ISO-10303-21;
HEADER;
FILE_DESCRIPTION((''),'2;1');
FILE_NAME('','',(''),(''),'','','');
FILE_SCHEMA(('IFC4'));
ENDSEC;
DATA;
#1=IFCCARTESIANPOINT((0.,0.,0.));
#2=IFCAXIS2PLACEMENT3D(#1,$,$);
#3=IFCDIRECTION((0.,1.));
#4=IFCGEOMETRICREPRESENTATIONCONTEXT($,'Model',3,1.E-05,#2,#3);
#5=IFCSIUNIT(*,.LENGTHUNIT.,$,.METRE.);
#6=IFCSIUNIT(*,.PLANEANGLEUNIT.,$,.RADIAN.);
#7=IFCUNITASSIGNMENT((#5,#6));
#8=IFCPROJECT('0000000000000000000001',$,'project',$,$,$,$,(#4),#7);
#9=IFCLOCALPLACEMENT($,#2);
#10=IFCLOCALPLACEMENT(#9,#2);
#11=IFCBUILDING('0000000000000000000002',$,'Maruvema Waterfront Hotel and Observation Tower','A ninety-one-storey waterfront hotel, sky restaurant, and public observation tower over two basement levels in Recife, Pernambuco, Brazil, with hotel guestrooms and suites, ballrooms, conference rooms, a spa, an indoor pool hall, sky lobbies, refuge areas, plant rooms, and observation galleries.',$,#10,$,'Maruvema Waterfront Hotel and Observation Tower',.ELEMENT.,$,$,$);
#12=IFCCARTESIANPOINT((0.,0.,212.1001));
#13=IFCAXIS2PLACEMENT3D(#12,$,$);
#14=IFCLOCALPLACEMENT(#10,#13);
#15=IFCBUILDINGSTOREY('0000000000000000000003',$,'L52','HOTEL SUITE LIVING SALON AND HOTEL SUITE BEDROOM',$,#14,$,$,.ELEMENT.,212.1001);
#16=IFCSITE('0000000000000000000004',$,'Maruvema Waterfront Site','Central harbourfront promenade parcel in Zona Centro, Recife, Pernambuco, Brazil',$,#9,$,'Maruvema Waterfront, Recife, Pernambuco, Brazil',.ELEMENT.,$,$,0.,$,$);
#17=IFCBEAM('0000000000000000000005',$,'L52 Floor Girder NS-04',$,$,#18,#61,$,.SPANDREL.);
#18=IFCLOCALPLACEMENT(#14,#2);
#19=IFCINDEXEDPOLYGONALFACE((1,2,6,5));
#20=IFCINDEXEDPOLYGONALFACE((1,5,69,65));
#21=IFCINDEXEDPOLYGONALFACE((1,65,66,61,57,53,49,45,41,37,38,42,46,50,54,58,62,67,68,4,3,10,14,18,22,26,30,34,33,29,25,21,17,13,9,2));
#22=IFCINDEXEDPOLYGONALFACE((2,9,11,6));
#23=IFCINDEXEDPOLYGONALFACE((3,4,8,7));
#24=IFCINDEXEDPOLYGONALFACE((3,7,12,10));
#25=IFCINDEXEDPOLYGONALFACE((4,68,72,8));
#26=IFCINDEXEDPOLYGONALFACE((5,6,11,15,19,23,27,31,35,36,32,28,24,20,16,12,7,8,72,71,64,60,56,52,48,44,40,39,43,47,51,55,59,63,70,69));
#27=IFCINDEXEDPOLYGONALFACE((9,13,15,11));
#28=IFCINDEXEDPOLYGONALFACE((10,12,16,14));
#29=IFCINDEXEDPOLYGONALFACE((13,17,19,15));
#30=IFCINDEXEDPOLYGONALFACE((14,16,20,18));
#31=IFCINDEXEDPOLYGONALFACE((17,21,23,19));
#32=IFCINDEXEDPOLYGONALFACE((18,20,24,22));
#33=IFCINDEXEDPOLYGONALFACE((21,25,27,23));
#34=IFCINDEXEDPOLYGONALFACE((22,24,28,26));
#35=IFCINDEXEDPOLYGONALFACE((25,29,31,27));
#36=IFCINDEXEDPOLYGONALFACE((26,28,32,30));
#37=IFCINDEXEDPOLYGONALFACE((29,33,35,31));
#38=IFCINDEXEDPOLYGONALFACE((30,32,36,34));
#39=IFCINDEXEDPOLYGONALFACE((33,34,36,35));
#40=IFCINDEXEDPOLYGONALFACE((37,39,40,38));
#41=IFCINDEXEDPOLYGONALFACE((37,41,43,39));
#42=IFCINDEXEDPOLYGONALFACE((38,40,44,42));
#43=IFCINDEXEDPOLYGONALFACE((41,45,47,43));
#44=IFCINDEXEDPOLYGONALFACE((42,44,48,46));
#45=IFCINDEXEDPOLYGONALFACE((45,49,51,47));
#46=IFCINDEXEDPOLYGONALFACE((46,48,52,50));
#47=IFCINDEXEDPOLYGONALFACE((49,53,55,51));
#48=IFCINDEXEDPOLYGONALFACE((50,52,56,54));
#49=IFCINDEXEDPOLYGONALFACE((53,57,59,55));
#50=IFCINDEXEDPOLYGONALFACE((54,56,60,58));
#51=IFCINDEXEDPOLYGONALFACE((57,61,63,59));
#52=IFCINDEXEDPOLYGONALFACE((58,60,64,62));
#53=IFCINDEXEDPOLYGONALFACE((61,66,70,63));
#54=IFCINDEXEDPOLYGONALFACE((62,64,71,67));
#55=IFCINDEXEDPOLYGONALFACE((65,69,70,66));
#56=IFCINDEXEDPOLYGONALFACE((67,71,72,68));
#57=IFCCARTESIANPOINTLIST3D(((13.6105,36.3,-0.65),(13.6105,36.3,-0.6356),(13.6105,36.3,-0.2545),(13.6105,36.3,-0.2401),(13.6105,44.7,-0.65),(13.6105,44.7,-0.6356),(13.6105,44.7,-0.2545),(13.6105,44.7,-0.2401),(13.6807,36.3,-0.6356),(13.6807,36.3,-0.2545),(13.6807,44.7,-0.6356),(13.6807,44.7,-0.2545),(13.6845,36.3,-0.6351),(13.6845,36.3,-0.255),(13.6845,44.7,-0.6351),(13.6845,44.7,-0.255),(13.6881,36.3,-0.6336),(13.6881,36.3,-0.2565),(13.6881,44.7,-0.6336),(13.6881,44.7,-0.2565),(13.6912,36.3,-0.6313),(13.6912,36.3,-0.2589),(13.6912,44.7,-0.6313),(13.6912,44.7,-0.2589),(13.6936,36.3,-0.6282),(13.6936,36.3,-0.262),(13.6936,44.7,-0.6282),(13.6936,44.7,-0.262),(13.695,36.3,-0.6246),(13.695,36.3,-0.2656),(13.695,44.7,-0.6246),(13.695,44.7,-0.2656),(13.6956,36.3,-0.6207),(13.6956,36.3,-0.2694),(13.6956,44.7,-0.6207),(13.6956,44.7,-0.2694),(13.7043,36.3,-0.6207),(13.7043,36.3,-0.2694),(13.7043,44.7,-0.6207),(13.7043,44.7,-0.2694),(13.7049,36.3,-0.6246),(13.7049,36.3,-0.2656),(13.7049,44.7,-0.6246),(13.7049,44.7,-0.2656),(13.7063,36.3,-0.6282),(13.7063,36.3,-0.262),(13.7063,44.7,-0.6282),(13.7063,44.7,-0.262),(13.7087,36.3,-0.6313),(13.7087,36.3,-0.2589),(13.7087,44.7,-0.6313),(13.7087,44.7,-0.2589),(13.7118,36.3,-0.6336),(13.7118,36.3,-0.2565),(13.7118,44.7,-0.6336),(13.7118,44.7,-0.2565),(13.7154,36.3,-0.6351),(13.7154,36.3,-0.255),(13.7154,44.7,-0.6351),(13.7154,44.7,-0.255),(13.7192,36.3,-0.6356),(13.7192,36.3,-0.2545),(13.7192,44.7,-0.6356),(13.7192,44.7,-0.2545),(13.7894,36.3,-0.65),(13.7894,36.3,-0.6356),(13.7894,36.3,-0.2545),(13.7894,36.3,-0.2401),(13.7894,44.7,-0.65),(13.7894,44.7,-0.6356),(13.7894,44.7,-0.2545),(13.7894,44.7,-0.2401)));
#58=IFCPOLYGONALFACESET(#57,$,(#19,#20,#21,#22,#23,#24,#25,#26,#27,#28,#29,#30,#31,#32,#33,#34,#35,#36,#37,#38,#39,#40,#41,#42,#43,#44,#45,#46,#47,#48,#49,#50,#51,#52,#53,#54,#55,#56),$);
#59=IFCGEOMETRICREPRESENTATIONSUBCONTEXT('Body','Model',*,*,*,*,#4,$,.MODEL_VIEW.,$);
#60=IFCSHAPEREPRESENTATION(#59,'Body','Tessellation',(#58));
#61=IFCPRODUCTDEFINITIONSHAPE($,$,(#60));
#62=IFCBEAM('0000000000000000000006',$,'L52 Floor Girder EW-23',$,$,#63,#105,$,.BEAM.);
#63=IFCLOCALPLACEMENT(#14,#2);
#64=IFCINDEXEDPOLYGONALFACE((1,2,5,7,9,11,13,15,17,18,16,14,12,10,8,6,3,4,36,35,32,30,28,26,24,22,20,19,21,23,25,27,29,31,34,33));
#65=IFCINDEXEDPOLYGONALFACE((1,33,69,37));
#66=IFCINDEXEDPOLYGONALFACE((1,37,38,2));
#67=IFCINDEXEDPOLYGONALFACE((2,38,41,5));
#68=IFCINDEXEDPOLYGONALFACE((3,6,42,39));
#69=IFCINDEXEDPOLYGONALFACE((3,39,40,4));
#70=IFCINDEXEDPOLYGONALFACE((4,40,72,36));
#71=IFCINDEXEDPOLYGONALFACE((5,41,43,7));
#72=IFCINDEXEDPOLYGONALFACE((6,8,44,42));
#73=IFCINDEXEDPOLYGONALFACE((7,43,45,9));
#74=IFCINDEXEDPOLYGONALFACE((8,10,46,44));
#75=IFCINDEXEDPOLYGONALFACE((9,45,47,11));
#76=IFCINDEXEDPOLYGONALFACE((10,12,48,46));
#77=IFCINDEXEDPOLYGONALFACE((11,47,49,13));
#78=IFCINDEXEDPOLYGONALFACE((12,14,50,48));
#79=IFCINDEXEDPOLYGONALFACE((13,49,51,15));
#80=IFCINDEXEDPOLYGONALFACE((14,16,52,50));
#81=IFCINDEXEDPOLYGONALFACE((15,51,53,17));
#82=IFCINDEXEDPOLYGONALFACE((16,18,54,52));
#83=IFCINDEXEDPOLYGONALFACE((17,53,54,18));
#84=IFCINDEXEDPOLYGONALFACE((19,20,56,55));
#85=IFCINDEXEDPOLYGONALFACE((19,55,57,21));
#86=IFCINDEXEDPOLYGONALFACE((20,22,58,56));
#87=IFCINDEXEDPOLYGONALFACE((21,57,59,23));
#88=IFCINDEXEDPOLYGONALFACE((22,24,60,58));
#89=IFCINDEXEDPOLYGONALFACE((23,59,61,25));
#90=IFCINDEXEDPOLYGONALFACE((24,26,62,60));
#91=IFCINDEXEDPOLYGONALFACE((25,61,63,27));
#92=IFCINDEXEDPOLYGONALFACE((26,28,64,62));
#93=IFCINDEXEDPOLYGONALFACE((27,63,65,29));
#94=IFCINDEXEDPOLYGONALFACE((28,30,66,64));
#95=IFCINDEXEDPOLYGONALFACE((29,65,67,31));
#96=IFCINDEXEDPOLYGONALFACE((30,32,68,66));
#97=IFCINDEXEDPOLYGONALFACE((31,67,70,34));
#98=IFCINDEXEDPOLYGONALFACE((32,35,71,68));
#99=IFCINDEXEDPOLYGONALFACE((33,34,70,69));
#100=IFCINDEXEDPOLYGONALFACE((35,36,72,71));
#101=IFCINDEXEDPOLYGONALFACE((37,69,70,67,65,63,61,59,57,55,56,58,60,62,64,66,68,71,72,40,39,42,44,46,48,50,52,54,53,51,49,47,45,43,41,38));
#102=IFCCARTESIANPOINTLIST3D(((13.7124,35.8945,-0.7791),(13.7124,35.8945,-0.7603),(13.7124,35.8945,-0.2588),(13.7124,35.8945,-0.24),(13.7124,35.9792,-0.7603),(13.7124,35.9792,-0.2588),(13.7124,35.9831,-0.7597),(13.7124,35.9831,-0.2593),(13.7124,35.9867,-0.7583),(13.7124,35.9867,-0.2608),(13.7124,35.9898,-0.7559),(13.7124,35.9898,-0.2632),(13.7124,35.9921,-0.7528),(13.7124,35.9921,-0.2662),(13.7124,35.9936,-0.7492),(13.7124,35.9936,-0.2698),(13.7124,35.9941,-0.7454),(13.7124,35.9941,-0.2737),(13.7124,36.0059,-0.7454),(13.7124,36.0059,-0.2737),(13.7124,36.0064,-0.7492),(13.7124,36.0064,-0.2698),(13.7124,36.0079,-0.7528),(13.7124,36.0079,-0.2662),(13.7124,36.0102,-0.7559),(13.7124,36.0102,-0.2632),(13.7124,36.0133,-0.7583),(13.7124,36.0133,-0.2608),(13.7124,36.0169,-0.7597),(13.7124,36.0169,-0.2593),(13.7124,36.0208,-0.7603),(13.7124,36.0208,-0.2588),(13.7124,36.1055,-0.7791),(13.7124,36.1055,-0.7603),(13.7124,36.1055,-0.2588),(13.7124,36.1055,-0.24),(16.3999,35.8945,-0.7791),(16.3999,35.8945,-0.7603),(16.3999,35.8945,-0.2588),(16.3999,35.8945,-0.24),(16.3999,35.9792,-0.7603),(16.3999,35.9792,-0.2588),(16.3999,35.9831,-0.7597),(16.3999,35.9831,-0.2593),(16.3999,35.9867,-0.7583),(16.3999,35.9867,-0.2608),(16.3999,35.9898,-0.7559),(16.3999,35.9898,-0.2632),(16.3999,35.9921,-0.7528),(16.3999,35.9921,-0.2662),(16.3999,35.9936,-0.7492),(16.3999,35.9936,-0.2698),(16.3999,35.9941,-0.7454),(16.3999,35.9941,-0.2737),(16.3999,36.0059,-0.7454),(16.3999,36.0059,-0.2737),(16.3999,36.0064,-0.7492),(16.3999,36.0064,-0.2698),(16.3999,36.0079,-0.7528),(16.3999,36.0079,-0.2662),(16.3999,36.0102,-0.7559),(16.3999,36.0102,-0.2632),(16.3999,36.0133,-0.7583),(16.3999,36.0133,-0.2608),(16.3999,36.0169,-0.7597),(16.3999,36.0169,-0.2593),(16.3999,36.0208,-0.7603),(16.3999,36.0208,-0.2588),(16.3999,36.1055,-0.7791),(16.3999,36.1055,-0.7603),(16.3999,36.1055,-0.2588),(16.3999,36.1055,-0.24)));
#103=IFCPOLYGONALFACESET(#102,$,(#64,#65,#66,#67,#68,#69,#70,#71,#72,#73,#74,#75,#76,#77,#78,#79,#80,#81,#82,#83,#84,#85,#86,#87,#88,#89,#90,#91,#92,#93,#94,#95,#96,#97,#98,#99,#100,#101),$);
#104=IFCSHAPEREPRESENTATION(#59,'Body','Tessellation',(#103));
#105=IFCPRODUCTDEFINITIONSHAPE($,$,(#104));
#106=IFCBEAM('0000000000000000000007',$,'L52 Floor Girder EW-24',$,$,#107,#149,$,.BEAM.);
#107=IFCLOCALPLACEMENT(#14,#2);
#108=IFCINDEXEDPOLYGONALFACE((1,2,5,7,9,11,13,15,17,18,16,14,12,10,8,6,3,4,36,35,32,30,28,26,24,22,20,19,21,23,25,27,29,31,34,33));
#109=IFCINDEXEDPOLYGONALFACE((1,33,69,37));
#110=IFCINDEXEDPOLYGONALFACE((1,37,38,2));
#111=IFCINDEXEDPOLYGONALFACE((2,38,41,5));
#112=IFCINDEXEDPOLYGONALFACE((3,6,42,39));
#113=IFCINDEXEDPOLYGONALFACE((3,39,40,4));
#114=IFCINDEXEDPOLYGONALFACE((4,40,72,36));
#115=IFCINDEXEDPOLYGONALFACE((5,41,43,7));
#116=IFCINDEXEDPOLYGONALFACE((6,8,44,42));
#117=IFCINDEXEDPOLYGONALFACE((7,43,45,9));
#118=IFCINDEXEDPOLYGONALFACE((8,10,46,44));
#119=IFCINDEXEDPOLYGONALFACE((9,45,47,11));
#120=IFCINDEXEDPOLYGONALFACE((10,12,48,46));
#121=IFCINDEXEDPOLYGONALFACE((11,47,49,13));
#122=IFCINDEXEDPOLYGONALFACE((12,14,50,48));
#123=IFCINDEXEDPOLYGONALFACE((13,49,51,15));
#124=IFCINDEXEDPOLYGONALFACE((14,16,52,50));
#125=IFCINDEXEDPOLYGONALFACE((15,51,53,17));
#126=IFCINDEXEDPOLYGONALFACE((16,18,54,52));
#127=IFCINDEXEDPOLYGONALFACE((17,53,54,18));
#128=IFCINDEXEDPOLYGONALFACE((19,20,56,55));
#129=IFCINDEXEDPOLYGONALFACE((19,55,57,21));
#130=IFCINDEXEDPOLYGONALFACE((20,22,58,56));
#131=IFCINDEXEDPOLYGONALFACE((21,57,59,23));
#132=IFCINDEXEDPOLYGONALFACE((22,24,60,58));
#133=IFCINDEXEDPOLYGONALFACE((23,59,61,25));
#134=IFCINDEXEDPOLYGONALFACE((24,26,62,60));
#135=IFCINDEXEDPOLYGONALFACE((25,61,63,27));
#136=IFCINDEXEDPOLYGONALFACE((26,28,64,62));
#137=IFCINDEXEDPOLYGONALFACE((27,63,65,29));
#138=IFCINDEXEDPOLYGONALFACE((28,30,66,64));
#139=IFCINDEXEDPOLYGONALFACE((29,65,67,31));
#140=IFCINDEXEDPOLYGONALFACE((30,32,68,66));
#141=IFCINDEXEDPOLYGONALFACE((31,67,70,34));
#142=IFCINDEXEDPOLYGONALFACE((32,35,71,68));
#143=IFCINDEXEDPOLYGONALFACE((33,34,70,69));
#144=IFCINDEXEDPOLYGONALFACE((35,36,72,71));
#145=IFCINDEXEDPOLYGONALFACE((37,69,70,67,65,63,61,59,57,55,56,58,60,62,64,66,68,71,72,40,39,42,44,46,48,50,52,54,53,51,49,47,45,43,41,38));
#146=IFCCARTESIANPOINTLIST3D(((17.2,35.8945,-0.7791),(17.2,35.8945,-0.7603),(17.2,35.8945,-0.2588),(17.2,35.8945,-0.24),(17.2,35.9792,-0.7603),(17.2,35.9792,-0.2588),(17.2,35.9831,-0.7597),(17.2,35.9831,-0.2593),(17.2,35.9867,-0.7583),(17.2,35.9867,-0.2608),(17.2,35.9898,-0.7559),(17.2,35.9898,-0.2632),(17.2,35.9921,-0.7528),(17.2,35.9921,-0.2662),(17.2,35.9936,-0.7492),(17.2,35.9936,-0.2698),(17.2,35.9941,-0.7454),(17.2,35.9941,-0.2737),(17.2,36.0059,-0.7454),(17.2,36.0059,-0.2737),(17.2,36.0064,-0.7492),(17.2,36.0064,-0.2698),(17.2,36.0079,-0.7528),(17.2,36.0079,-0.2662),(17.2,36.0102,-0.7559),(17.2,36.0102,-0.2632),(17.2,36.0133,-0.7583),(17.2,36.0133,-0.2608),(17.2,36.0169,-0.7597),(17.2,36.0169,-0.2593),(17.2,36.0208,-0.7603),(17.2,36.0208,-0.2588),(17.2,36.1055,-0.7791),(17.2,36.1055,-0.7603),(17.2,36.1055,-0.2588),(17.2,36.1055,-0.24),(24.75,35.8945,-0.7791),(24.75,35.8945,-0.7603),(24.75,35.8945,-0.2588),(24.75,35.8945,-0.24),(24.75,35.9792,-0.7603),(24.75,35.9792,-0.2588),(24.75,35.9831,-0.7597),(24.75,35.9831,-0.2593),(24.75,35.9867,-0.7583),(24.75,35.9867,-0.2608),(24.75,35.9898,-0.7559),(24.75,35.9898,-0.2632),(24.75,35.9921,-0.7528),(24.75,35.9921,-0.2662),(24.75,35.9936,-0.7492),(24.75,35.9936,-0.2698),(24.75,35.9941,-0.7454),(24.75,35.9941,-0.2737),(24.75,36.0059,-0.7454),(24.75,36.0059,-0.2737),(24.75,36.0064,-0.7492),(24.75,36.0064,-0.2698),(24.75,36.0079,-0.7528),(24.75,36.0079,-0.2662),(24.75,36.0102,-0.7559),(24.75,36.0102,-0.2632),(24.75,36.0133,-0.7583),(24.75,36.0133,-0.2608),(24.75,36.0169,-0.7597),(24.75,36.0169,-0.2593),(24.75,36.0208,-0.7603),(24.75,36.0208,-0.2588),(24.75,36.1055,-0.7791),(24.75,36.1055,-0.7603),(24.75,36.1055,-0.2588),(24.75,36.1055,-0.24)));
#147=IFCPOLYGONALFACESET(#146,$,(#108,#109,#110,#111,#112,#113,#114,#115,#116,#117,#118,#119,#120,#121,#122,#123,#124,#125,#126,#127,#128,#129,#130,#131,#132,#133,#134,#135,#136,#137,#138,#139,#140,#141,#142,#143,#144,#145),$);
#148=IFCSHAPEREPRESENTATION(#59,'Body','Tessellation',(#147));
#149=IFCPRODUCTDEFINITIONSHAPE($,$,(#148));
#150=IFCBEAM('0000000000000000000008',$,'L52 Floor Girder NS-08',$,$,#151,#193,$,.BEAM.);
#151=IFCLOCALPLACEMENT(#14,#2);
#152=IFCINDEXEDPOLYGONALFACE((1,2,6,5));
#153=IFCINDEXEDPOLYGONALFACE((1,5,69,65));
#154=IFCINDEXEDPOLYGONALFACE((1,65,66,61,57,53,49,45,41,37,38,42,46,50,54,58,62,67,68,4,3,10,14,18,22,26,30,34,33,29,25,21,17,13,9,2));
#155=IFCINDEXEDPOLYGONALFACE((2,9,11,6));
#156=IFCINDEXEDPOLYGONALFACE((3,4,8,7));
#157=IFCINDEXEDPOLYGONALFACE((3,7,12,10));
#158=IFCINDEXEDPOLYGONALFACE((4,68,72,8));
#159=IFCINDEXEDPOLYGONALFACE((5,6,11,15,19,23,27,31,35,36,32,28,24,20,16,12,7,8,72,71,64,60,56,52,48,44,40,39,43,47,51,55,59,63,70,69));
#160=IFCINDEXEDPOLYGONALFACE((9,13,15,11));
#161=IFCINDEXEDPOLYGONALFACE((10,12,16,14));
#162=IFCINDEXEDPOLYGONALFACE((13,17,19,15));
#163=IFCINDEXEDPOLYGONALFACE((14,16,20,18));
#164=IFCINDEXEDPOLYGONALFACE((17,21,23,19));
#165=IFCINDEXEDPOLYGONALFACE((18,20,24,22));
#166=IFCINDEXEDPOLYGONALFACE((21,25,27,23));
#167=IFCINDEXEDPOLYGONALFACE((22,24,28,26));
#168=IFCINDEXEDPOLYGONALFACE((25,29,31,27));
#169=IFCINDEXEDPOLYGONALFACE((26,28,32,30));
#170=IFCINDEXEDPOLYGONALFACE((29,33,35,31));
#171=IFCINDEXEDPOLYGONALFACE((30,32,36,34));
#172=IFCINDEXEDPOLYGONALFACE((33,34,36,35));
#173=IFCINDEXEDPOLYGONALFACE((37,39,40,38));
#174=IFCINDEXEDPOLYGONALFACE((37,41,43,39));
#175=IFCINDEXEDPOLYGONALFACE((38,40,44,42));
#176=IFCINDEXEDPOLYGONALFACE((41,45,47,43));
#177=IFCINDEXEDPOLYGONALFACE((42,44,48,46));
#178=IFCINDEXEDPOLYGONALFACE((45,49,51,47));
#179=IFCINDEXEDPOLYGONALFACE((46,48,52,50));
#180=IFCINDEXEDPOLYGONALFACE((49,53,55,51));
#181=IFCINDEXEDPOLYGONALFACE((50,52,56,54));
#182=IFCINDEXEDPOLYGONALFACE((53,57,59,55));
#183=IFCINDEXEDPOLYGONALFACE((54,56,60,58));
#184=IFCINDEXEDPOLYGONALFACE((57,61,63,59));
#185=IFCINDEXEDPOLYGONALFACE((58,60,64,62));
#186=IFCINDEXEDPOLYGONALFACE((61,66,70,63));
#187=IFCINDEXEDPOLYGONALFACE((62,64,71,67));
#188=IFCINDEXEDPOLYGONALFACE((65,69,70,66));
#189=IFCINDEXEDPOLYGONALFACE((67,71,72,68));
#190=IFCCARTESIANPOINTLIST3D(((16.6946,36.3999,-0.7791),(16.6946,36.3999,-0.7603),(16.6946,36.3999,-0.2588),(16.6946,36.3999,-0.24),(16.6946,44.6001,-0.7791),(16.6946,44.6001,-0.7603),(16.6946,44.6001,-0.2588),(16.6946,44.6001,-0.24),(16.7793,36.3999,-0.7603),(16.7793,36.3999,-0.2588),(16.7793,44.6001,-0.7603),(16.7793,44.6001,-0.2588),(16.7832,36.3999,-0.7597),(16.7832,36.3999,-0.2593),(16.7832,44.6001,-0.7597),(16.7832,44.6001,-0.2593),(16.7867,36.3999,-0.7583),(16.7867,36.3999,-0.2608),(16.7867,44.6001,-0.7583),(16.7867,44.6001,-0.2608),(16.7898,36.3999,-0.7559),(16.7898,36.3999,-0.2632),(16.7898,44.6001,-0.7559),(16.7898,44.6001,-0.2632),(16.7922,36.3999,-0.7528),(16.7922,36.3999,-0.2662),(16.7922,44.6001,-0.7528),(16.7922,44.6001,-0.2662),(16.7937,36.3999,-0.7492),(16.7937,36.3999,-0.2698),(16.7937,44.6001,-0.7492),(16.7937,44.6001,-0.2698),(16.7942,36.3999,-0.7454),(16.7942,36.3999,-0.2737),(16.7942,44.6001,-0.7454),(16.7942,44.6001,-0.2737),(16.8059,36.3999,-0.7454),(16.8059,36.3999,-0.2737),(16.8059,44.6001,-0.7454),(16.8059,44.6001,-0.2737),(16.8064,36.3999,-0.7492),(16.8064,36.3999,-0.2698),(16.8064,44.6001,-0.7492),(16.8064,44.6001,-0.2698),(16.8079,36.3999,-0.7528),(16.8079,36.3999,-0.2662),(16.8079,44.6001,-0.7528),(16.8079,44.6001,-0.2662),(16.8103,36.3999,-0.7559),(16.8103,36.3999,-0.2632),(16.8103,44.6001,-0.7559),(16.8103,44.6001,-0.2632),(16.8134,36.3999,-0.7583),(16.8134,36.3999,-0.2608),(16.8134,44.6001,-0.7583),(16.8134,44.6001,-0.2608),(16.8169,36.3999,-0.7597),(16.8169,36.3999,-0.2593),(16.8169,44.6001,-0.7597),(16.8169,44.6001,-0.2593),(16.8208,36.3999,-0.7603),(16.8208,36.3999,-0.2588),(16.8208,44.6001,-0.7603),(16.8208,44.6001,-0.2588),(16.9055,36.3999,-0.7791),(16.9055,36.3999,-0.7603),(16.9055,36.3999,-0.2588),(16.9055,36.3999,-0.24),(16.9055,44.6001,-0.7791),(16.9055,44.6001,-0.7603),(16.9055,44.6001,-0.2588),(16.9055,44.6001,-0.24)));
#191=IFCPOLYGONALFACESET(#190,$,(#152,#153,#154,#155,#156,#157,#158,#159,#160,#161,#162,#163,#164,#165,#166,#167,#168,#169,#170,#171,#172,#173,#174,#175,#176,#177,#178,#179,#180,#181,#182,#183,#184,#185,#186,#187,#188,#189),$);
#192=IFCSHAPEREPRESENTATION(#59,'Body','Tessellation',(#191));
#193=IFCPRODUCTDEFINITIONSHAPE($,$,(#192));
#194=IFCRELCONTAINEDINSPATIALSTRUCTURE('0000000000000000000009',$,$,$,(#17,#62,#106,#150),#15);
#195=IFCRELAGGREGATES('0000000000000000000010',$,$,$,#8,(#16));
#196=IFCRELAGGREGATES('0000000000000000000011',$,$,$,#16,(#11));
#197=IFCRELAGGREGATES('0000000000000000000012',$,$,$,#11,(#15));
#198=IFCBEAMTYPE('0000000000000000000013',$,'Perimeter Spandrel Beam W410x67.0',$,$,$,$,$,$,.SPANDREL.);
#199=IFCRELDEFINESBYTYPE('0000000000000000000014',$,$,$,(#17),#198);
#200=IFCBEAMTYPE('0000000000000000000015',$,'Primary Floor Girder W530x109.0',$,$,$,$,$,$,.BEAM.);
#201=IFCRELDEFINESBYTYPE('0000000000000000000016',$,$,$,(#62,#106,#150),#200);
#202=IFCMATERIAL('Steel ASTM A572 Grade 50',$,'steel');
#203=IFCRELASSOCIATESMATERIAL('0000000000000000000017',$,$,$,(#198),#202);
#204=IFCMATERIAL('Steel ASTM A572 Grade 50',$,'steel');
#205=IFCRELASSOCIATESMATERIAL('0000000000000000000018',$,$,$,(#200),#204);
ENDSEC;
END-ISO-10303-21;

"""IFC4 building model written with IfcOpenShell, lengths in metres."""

from ifc_helpers import new_model, si_unit, direction, frame, origin, origin_2d, place, context, subcontext, project, spatial, i_section, extrude, material, material_profile, profile_set, type_object, element, save


model = new_model("IFC4")

# Units and contexts
model_context = context("Model", 3, precision=1e-05, world=origin(), true_north=direction((0.0, 1.0)))
body_context = subcontext(model_context, "Body", "Model", "MODEL_VIEW")
ifc_project = project(units=[si_unit("LENGTHUNIT", "METRE"), si_unit("PLANEANGLEUNIT", "RADIAN")], contexts=[model_context])

# Site, building, storey
site_placement = place(None, origin())
site = spatial("IfcSite", under=ifc_project, at=site_placement, Name="Maruvema Waterfront Site", Description="Central harbourfront promenade parcel in Zona Centro, Recife, Pernambuco, Brazil", LongName="Maruvema Waterfront, Recife, Pernambuco, Brazil", CompositionType="ELEMENT", RefElevation=0.0)
building_placement = place(site_placement, origin())
building = spatial("IfcBuilding", under=site, at=building_placement, Name="Maruvema Waterfront Hotel and Observation Tower", Description="A ninety-one-storey waterfront hotel, sky restaurant, and public observation tower over two basement levels in Recife, Pernambuco, Brazil, with hotel guestrooms and suites, ballrooms, conference rooms, a spa, an indoor pool hall, sky lobbies, refuge areas, plant rooms, and observation galleries.", LongName="Maruvema Waterfront Hotel and Observation Tower", CompositionType="ELEMENT")
storey_placement = place(building_placement, frame((0.0, 0.0, 212.1001)))
storey = spatial("IfcBuildingStorey", under=building, at=storey_placement, Name="L52", Description="HOTEL SUITE LIVING SALON AND HOTEL SUITE BEDROOM", CompositionType="ELEMENT", Elevation=212.1001)

# Beams
ifc_material_1 = material(Name="Steel ASTM A572 Grade 50", Category="steel")
ifc_material_profile_1 = material_profile(ifc_material_1, i_section(OverallWidth=0.179, OverallDepth=0.4099, WebThickness=0.0088, FlangeThickness=0.0144, FilletRadius=0.0149, at=origin_2d()), Name="W410x67.0")
ifc_profile_set_1 = profile_set([ifc_material_profile_1], Name="Steel ASTM A572 Grade 50")
beam_type_1 = type_object("IfcBeamType", Name="Perimeter Spandrel Beam W410x67.0", PredefinedType="SPANDREL", material=ifc_profile_set_1)
beam_1_placement = place(storey_placement, frame((13.7, 36.3, -0.4451), z_axis=(0.0, 1.0, 0.0), x_axis=(-1.0, 0.0, 0.0)))
element("IfcBeam", 1, at=beam_1_placement, inside=storey, type_object=beam_type_1, Name="L52 Floor Girder NS-04", PredefinedType="SPANDREL", context=body_context, shape_type="SweptSolid", body=[
    extrude(i_section(OverallWidth=0.179, OverallDepth=0.4099, WebThickness=0.0088, FlangeThickness=0.0144, FilletRadius=0.0149, at=origin_2d()), origin(), (0.0, 0.0, 1.0), 8.3999),
])
ifc_material_2 = material(Name="Steel ASTM A572 Grade 50", Category="steel")
ifc_material_profile_2 = material_profile(ifc_material_2, i_section(OverallWidth=0.2109, OverallDepth=0.5391, WebThickness=0.0117, FlangeThickness=0.0188, FilletRadius=0.0149, at=origin_2d()), Name="W530x109.0")
ifc_profile_set_2 = profile_set([ifc_material_profile_2], Name="Steel ASTM A572 Grade 50")
beam_type_2 = type_object("IfcBeamType", Name="Primary Floor Girder W530x109.0", PredefinedType="BEAM", material=ifc_profile_set_2)
beam_2_placement = place(storey_placement, frame((13.7124, 36.0, -0.5095), z_axis=(1.0, 0.0, 0.0), x_axis=(0.0, 1.0, 0.0)))
element("IfcBeam", 2, at=beam_2_placement, inside=storey, type_object=beam_type_2, Name="L52 Floor Girder EW-23", PredefinedType="BEAM", context=body_context, shape_type="SweptSolid", body=[
    extrude(i_section(OverallWidth=0.2109, OverallDepth=0.5391, WebThickness=0.0117, FlangeThickness=0.0188, FilletRadius=0.0149, at=origin_2d()), origin(), (0.0, 0.0, 1.0), 2.6875),
])
beam_3_placement = place(storey_placement, frame((17.2, 36.0, -0.5095), z_axis=(1.0, 0.0, 0.0), x_axis=(0.0, 1.0, 0.0)))
element("IfcBeam", 3, at=beam_3_placement, inside=storey, type_object=beam_type_2, Name="L52 Floor Girder EW-24", PredefinedType="BEAM", context=body_context, shape_type="SweptSolid", body=[
    extrude(i_section(OverallWidth=0.2109, OverallDepth=0.5391, WebThickness=0.0117, FlangeThickness=0.0188, FilletRadius=0.0149, at=origin_2d()), origin(), (0.0, 0.0, 1.0), 7.55),
])
beam_4_placement = place(storey_placement, frame((16.8, 36.3999, -0.5095), z_axis=(0.0, 1.0, 0.0), x_axis=(-1.0, 0.0, 0.0)))
element("IfcBeam", 4, at=beam_4_placement, inside=storey, type_object=beam_type_2, Name="L52 Floor Girder NS-08", PredefinedType="BEAM", context=body_context, shape_type="SweptSolid", body=[
    extrude(i_section(OverallWidth=0.2109, OverallDepth=0.5391, WebThickness=0.0117, FlangeThickness=0.0188, FilletRadius=0.0149, at=origin_2d()), origin(), (0.0, 0.0, 1.0), 8.2002),
])

save(model, "model.ifc")
